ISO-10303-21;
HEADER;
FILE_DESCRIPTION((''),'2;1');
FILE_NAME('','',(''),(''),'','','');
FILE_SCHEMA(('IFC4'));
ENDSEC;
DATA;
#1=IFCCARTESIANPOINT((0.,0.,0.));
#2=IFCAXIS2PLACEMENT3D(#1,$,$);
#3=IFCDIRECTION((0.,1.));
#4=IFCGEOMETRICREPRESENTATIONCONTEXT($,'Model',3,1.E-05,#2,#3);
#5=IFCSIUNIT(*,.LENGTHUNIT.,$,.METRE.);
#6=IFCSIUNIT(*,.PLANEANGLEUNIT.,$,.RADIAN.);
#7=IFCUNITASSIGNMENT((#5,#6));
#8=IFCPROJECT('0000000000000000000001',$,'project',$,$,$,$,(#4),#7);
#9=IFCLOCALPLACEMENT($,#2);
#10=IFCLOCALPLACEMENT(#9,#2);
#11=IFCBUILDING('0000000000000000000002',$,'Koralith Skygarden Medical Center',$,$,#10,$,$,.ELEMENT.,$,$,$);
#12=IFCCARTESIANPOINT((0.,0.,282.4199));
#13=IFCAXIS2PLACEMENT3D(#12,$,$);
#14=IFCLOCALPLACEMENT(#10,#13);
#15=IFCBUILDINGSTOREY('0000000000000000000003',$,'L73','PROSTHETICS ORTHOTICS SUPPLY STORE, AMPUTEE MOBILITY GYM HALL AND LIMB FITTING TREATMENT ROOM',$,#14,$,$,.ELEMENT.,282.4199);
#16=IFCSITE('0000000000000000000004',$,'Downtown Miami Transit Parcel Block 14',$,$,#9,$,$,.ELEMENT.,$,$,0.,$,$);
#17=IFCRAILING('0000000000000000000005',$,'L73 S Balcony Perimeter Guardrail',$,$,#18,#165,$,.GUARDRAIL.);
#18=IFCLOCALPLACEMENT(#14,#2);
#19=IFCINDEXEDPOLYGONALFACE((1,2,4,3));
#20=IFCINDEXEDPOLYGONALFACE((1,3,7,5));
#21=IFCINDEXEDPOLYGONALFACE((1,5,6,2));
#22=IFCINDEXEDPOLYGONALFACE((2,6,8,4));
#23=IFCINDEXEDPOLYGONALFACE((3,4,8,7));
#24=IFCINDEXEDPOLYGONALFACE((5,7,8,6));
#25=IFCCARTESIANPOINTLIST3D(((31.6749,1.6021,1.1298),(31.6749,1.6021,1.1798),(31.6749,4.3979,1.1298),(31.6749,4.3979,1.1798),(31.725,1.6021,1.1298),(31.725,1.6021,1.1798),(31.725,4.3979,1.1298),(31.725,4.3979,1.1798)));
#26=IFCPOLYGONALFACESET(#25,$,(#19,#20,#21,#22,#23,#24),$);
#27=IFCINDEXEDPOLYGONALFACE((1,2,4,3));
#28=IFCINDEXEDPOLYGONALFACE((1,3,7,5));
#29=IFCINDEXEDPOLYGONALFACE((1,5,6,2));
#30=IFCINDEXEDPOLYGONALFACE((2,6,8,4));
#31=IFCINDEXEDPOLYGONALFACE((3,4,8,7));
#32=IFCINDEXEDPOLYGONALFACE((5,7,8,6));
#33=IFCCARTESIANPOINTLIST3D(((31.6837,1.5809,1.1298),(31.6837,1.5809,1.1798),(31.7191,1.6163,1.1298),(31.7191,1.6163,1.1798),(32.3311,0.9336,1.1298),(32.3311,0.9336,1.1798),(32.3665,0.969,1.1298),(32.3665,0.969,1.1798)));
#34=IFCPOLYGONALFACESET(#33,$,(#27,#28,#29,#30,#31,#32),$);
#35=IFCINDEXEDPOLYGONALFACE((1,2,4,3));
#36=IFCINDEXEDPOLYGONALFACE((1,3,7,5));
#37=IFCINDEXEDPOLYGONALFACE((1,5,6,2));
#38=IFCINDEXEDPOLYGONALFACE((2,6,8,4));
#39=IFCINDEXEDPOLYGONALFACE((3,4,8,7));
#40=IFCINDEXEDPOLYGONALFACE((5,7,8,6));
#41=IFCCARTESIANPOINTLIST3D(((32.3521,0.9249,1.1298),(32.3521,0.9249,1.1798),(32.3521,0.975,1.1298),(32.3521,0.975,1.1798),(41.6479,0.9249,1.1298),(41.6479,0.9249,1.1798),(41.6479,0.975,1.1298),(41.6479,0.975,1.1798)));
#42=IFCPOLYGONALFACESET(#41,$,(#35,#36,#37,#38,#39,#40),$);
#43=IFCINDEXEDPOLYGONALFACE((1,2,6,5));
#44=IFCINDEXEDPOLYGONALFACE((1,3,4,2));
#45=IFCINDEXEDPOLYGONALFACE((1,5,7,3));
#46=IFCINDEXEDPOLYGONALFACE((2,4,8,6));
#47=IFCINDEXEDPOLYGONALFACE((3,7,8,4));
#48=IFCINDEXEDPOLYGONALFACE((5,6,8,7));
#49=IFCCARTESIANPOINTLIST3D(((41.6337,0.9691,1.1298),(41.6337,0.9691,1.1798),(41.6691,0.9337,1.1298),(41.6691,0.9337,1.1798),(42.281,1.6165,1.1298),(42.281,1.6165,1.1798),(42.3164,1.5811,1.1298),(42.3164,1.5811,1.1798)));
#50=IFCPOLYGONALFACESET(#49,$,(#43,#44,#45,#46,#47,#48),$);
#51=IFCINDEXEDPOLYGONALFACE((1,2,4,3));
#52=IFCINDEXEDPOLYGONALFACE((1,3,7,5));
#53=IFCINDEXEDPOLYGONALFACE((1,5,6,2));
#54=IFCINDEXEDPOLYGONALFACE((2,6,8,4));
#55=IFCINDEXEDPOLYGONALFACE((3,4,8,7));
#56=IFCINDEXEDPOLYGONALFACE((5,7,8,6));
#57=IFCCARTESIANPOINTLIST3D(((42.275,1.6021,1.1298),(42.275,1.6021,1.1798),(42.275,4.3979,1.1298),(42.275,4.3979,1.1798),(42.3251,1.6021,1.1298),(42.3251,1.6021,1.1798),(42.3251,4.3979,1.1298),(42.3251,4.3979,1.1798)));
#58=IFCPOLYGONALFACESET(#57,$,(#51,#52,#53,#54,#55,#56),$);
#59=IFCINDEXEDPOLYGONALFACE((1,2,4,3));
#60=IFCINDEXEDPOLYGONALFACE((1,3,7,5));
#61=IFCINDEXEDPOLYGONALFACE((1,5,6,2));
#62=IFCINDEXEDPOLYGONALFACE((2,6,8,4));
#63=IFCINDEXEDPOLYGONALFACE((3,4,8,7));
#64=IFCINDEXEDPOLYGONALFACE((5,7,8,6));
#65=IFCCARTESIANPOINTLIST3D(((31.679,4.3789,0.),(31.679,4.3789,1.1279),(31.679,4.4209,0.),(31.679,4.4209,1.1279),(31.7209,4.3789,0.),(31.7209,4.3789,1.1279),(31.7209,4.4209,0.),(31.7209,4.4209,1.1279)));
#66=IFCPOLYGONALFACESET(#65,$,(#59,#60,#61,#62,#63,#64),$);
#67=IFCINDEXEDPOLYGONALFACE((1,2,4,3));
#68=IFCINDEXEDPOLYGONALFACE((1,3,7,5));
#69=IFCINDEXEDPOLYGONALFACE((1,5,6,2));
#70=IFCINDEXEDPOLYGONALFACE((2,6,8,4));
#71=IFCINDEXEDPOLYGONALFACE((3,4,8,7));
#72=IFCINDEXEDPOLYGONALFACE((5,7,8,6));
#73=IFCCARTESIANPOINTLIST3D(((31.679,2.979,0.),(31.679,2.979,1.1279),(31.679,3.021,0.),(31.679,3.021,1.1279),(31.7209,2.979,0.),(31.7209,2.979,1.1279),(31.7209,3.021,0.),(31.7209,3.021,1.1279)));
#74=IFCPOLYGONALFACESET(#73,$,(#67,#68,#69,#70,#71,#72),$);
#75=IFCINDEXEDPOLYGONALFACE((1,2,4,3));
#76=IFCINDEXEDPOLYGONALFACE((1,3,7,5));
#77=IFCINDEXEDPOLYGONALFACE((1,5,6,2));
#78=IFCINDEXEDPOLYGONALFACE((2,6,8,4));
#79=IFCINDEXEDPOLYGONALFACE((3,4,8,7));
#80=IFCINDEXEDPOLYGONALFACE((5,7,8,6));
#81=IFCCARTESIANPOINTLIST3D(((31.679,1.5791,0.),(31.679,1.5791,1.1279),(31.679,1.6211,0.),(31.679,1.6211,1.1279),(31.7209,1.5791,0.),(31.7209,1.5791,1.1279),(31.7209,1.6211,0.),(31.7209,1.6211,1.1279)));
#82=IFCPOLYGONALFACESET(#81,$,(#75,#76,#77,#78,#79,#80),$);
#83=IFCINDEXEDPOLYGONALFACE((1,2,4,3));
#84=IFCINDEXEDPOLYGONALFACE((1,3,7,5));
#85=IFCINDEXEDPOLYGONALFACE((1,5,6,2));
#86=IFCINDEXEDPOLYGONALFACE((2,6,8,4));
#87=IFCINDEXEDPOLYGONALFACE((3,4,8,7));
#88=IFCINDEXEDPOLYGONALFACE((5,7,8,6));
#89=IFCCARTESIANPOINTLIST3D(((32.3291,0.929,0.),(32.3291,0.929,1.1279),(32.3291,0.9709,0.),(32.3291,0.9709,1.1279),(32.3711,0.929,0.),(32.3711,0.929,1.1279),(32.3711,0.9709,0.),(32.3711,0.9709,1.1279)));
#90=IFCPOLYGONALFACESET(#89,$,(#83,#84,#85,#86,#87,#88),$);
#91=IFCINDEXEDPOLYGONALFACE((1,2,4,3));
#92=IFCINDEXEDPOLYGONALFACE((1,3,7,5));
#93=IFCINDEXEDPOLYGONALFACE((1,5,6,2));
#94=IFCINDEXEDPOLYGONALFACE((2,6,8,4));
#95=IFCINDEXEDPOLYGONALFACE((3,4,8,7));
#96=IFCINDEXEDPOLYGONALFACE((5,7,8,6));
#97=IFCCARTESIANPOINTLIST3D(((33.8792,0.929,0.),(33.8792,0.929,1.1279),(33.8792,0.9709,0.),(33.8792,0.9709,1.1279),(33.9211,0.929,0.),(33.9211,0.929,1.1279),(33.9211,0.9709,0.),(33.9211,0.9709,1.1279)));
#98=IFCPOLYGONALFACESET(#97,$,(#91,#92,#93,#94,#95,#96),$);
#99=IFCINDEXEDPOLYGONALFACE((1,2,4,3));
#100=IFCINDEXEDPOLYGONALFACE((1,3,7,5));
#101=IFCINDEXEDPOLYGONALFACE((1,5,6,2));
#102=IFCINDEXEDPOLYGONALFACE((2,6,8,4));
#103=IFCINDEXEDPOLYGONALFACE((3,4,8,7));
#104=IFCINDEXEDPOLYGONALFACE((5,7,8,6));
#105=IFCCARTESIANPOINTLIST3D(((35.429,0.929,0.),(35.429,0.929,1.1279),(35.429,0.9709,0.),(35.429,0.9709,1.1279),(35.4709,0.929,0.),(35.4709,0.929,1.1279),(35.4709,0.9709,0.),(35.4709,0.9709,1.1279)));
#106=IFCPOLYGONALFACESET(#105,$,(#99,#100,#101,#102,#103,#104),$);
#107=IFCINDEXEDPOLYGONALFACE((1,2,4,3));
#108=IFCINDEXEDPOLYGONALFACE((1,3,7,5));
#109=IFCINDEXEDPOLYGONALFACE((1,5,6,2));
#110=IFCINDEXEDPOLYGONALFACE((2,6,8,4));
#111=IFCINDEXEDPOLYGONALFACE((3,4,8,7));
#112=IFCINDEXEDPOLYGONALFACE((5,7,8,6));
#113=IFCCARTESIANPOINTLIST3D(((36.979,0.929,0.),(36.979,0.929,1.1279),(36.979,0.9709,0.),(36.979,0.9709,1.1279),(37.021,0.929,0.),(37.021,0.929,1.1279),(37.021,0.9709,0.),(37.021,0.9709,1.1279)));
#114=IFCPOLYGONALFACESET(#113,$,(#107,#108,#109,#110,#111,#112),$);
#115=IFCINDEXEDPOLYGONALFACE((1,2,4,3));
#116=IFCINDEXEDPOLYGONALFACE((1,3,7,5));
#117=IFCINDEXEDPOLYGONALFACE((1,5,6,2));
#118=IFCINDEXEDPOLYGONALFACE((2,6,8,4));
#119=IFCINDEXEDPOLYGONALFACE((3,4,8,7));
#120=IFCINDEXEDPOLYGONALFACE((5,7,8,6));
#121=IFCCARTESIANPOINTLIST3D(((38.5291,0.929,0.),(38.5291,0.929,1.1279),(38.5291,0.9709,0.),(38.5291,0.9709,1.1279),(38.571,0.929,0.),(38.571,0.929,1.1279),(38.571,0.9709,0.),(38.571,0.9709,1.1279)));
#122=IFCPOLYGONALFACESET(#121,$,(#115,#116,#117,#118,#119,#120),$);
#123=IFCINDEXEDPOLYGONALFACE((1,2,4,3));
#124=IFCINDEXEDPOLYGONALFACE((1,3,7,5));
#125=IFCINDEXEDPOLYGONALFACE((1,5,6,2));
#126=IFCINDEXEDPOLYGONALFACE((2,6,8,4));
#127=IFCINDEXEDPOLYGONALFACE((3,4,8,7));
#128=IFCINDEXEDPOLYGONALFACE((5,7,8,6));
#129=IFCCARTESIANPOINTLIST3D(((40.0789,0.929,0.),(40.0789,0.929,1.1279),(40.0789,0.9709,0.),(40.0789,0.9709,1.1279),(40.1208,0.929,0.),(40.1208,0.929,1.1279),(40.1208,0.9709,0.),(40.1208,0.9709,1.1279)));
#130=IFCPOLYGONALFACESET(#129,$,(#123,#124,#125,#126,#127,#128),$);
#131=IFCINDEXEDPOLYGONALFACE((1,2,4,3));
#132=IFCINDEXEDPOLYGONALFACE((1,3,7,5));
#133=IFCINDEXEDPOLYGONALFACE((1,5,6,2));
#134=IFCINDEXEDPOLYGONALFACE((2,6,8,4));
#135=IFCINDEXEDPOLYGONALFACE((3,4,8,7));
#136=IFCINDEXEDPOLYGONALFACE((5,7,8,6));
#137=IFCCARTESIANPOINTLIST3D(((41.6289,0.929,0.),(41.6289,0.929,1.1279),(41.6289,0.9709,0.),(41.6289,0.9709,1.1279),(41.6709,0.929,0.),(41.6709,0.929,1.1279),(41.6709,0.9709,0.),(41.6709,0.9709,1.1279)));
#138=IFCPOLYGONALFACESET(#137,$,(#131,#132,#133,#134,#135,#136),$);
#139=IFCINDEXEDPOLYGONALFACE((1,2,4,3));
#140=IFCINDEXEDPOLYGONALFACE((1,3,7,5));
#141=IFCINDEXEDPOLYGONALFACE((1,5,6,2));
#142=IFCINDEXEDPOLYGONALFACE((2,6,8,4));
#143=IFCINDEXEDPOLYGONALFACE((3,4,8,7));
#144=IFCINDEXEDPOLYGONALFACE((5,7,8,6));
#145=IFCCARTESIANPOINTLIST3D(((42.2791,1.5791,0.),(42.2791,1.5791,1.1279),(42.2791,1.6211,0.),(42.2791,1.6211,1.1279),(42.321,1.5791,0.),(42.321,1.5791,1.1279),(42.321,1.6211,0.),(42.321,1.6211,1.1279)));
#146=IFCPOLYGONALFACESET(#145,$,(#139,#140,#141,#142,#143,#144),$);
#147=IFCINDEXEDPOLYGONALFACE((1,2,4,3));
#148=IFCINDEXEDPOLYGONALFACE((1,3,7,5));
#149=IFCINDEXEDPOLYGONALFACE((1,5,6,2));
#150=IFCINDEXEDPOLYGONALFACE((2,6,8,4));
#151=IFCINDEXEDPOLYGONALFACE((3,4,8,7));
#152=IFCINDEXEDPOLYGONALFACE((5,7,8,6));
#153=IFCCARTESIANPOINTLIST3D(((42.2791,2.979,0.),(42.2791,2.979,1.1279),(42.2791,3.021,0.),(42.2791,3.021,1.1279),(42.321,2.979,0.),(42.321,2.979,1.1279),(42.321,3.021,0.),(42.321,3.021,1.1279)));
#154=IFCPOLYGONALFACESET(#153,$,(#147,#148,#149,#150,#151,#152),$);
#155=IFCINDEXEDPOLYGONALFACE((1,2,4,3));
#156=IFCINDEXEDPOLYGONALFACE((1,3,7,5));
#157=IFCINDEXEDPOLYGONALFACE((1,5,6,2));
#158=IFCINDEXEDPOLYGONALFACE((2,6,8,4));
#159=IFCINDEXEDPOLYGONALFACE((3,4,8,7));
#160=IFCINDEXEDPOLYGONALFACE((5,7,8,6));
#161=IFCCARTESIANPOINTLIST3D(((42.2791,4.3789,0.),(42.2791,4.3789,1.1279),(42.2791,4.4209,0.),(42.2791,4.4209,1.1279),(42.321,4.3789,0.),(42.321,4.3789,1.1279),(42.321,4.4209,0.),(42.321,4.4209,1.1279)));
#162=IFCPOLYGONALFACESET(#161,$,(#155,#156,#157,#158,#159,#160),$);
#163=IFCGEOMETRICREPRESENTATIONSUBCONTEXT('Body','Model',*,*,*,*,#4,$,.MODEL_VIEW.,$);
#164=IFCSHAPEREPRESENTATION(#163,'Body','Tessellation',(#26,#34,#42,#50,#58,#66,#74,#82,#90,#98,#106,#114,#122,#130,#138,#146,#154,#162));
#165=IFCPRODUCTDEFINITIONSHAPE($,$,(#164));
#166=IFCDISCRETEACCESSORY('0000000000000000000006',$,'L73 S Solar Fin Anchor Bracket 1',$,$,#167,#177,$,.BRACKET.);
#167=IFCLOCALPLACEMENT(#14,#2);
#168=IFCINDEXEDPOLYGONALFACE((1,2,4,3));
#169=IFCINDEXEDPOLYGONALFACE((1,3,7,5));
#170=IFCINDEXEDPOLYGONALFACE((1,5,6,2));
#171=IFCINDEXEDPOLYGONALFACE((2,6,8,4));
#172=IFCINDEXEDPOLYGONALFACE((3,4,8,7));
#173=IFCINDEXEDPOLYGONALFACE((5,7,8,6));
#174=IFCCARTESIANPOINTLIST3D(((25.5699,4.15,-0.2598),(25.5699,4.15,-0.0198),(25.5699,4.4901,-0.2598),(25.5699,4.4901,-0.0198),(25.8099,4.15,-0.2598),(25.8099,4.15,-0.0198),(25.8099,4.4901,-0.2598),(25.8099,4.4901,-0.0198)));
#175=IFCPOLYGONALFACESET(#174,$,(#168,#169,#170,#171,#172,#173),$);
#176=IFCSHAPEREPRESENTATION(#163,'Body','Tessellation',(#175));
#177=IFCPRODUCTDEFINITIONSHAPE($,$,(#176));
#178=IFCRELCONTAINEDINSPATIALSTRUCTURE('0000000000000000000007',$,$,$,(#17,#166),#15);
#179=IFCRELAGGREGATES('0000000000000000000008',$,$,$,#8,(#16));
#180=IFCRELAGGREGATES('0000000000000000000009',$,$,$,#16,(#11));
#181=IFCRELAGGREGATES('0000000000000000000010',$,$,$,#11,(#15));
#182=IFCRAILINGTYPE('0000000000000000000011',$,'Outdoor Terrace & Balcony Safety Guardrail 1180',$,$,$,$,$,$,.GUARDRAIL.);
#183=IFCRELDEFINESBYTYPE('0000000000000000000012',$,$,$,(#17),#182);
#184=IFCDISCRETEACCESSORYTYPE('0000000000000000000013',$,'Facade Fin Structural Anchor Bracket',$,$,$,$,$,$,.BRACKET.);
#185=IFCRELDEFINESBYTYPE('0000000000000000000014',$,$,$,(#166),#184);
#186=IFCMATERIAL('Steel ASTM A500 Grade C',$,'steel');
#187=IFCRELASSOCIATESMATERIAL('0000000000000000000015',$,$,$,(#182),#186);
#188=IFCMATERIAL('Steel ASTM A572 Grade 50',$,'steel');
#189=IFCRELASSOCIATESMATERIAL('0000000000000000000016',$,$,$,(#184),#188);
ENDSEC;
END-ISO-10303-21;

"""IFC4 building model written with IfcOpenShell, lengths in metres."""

from ifc_helpers import new_model, si_unit, direction, frame, origin, origin_2d, place, context, subcontext, project, spatial, rectangle, extrude, material, type_object, element, save


model = new_model("IFC4")

# Units and contexts
model_context = context("Model", 3, precision=1e-05, world=origin(), true_north=direction((0.0, 1.0)))
body_context = subcontext(model_context, "Body", "Model", "MODEL_VIEW")
ifc_project = project(units=[si_unit("LENGTHUNIT", "METRE"), si_unit("PLANEANGLEUNIT", "RADIAN")], contexts=[model_context])

# Site, building, storey
site_placement = place(None, origin())
site = spatial("IfcSite", under=ifc_project, at=site_placement, Name="Downtown Miami Transit Parcel Block 14", CompositionType="ELEMENT", RefElevation=0.0)
building_placement = place(site_placement, origin())
building = spatial("IfcBuilding", under=site, at=building_placement, Name="Koralith Skygarden Medical Center", CompositionType="ELEMENT")
storey_placement = place(building_placement, frame((0.0, 0.0, 282.4199)))
storey = spatial("IfcBuildingStorey", under=building, at=storey_placement, Name="L73", Description="PROSTHETICS ORTHOTICS SUPPLY STORE, AMPUTEE MOBILITY GYM HALL AND LIMB FITTING TREATMENT ROOM", CompositionType="ELEMENT", Elevation=282.4199)

# Railing
ifc_material_1 = material(Name="Steel ASTM A500 Grade C", Category="steel")
railing_type = type_object("IfcRailingType", Name="Outdoor Terrace & Balcony Safety Guardrail 1180", PredefinedType="GUARDRAIL", material=ifc_material_1)
railing_placement = place(storey_placement, frame((31.7, 4.3999, 0.0)))
element("IfcRailing", 1, at=railing_placement, inside=storey, type_object=railing_type, Name="L73 S Balcony Perimeter Guardrail", PredefinedType="GUARDRAIL", context=body_context, shape_type="SweptSolid", body=[
    extrude(rectangle(XDim=0.05, YDim=0.05, at=origin_2d()), frame((0.0, -0.002, 1.1548), z_axis=(0.0, -1.0, 0.0), x_axis=(1.0, 0.0, 0.0)), (0.0, 0.0, 1.0), 2.7959),
    extrude(rectangle(XDim=0.05, YDim=0.05, at=origin_2d()), frame((0.0015, -2.8013, 1.1548), z_axis=(0.707107, -0.707107, 0.0), x_axis=(0.707107, 0.707107, 0.0)), (0.0, 0.0, 1.0), 0.9155),
    extrude(rectangle(XDim=0.05, YDim=0.05, at=origin_2d()), frame((0.6521, -3.45, 1.1548), z_axis=(1.0, 0.0, 0.0), x_axis=(0.0, 1.0, 0.0)), (0.0, 0.0, 1.0), 9.2959),
    extrude(rectangle(XDim=0.05, YDim=0.05, at=origin_2d()), frame((9.9514, -3.4485, 1.1548), z_axis=(0.707107, 0.707107, 0.0), x_axis=(-0.707107, 0.707107, 0.0)), (0.0, 0.0, 1.0), 0.9155),
    extrude(rectangle(XDim=0.05, YDim=0.05, at=origin_2d()), frame((10.6001, -2.7979, 1.1548), z_axis=(0.0, 1.0, 0.0), x_axis=(-1.0, 0.0, 0.0)), (0.0, 0.0, 1.0), 2.7959),
    extrude(rectangle(XDim=0.042, YDim=0.042, at=origin_2d()), origin(), (0.0, 0.0, 1.0), 1.1279),
    extrude(rectangle(XDim=0.042, YDim=0.042, at=origin_2d()), frame((0.0, -1.3999, 0.0)), (0.0, 0.0, 1.0), 1.1279),
    extrude(rectangle(XDim=0.042, YDim=0.042, at=origin_2d()), frame((0.0, -2.7998, 0.0)), (0.0, 0.0, 1.0), 1.1279),
    extrude(rectangle(XDim=0.042, YDim=0.042, at=origin_2d()), frame((0.6501, -3.45, 0.0)), (0.0, 0.0, 1.0), 1.1279),
    extrude(rectangle(XDim=0.042, YDim=0.042, at=origin_2d()), frame((2.2002, -3.45, 0.0)), (0.0, 0.0, 1.0), 1.1279),
    extrude(rectangle(XDim=0.042, YDim=0.042, at=origin_2d()), frame((3.75, -3.45, 0.0)), (0.0, 0.0, 1.0), 1.1279),
    extrude(rectangle(XDim=0.042, YDim=0.042, at=origin_2d()), frame((5.3, -3.45, 0.0)), (0.0, 0.0, 1.0), 1.1279),
    extrude(rectangle(XDim=0.042, YDim=0.042, at=origin_2d()), frame((6.8501, -3.45, 0.0)), (0.0, 0.0, 1.0), 1.1279),
    extrude(rectangle(XDim=0.042, YDim=0.042, at=origin_2d()), frame((8.3999, -3.45, 0.0)), (0.0, 0.0, 1.0), 1.1279),
    extrude(rectangle(XDim=0.042, YDim=0.042, at=origin_2d()), frame((9.95, -3.45, 0.0)), (0.0, 0.0, 1.0), 1.1279),
    extrude(rectangle(XDim=0.042, YDim=0.042, at=origin_2d()), frame((10.6001, -2.7998, 0.0)), (0.0, 0.0, 1.0), 1.1279),
    extrude(rectangle(XDim=0.042, YDim=0.042, at=origin_2d()), frame((10.6001, -1.3999, 0.0)), (0.0, 0.0, 1.0), 1.1279),
    extrude(rectangle(XDim=0.042, YDim=0.042, at=origin_2d()), frame((10.6001, 0.0, 0.0)), (0.0, 0.0, 1.0), 1.1279),
])

# Discrete accessory
ifc_material_2 = material(Name="Steel ASTM A572 Grade 50", Category="steel")
discrete_accessory_type = type_object("IfcDiscreteAccessoryType", Name="Facade Fin Structural Anchor Bracket", PredefinedType="BRACKET", material=ifc_material_2)
discrete_accessory_placement = place(storey_placement, frame((25.6899, 4.3201, -0.2598), z_axis=(0.0, 0.0, 1.0), x_axis=(0.0, -1.0, 0.0)))
element("IfcDiscreteAccessory", 2, at=discrete_accessory_placement, inside=storey, type_object=discrete_accessory_type, Name="L73 S Solar Fin Anchor Bracket 1", PredefinedType="BRACKET", context=body_context, shape_type="SweptSolid", body=[
    extrude(rectangle(XDim=0.3401, YDim=0.24, at=origin_2d()), origin(), (0.0, 0.0, 1.0), 0.24),
])

save(model, "model.ifc")
